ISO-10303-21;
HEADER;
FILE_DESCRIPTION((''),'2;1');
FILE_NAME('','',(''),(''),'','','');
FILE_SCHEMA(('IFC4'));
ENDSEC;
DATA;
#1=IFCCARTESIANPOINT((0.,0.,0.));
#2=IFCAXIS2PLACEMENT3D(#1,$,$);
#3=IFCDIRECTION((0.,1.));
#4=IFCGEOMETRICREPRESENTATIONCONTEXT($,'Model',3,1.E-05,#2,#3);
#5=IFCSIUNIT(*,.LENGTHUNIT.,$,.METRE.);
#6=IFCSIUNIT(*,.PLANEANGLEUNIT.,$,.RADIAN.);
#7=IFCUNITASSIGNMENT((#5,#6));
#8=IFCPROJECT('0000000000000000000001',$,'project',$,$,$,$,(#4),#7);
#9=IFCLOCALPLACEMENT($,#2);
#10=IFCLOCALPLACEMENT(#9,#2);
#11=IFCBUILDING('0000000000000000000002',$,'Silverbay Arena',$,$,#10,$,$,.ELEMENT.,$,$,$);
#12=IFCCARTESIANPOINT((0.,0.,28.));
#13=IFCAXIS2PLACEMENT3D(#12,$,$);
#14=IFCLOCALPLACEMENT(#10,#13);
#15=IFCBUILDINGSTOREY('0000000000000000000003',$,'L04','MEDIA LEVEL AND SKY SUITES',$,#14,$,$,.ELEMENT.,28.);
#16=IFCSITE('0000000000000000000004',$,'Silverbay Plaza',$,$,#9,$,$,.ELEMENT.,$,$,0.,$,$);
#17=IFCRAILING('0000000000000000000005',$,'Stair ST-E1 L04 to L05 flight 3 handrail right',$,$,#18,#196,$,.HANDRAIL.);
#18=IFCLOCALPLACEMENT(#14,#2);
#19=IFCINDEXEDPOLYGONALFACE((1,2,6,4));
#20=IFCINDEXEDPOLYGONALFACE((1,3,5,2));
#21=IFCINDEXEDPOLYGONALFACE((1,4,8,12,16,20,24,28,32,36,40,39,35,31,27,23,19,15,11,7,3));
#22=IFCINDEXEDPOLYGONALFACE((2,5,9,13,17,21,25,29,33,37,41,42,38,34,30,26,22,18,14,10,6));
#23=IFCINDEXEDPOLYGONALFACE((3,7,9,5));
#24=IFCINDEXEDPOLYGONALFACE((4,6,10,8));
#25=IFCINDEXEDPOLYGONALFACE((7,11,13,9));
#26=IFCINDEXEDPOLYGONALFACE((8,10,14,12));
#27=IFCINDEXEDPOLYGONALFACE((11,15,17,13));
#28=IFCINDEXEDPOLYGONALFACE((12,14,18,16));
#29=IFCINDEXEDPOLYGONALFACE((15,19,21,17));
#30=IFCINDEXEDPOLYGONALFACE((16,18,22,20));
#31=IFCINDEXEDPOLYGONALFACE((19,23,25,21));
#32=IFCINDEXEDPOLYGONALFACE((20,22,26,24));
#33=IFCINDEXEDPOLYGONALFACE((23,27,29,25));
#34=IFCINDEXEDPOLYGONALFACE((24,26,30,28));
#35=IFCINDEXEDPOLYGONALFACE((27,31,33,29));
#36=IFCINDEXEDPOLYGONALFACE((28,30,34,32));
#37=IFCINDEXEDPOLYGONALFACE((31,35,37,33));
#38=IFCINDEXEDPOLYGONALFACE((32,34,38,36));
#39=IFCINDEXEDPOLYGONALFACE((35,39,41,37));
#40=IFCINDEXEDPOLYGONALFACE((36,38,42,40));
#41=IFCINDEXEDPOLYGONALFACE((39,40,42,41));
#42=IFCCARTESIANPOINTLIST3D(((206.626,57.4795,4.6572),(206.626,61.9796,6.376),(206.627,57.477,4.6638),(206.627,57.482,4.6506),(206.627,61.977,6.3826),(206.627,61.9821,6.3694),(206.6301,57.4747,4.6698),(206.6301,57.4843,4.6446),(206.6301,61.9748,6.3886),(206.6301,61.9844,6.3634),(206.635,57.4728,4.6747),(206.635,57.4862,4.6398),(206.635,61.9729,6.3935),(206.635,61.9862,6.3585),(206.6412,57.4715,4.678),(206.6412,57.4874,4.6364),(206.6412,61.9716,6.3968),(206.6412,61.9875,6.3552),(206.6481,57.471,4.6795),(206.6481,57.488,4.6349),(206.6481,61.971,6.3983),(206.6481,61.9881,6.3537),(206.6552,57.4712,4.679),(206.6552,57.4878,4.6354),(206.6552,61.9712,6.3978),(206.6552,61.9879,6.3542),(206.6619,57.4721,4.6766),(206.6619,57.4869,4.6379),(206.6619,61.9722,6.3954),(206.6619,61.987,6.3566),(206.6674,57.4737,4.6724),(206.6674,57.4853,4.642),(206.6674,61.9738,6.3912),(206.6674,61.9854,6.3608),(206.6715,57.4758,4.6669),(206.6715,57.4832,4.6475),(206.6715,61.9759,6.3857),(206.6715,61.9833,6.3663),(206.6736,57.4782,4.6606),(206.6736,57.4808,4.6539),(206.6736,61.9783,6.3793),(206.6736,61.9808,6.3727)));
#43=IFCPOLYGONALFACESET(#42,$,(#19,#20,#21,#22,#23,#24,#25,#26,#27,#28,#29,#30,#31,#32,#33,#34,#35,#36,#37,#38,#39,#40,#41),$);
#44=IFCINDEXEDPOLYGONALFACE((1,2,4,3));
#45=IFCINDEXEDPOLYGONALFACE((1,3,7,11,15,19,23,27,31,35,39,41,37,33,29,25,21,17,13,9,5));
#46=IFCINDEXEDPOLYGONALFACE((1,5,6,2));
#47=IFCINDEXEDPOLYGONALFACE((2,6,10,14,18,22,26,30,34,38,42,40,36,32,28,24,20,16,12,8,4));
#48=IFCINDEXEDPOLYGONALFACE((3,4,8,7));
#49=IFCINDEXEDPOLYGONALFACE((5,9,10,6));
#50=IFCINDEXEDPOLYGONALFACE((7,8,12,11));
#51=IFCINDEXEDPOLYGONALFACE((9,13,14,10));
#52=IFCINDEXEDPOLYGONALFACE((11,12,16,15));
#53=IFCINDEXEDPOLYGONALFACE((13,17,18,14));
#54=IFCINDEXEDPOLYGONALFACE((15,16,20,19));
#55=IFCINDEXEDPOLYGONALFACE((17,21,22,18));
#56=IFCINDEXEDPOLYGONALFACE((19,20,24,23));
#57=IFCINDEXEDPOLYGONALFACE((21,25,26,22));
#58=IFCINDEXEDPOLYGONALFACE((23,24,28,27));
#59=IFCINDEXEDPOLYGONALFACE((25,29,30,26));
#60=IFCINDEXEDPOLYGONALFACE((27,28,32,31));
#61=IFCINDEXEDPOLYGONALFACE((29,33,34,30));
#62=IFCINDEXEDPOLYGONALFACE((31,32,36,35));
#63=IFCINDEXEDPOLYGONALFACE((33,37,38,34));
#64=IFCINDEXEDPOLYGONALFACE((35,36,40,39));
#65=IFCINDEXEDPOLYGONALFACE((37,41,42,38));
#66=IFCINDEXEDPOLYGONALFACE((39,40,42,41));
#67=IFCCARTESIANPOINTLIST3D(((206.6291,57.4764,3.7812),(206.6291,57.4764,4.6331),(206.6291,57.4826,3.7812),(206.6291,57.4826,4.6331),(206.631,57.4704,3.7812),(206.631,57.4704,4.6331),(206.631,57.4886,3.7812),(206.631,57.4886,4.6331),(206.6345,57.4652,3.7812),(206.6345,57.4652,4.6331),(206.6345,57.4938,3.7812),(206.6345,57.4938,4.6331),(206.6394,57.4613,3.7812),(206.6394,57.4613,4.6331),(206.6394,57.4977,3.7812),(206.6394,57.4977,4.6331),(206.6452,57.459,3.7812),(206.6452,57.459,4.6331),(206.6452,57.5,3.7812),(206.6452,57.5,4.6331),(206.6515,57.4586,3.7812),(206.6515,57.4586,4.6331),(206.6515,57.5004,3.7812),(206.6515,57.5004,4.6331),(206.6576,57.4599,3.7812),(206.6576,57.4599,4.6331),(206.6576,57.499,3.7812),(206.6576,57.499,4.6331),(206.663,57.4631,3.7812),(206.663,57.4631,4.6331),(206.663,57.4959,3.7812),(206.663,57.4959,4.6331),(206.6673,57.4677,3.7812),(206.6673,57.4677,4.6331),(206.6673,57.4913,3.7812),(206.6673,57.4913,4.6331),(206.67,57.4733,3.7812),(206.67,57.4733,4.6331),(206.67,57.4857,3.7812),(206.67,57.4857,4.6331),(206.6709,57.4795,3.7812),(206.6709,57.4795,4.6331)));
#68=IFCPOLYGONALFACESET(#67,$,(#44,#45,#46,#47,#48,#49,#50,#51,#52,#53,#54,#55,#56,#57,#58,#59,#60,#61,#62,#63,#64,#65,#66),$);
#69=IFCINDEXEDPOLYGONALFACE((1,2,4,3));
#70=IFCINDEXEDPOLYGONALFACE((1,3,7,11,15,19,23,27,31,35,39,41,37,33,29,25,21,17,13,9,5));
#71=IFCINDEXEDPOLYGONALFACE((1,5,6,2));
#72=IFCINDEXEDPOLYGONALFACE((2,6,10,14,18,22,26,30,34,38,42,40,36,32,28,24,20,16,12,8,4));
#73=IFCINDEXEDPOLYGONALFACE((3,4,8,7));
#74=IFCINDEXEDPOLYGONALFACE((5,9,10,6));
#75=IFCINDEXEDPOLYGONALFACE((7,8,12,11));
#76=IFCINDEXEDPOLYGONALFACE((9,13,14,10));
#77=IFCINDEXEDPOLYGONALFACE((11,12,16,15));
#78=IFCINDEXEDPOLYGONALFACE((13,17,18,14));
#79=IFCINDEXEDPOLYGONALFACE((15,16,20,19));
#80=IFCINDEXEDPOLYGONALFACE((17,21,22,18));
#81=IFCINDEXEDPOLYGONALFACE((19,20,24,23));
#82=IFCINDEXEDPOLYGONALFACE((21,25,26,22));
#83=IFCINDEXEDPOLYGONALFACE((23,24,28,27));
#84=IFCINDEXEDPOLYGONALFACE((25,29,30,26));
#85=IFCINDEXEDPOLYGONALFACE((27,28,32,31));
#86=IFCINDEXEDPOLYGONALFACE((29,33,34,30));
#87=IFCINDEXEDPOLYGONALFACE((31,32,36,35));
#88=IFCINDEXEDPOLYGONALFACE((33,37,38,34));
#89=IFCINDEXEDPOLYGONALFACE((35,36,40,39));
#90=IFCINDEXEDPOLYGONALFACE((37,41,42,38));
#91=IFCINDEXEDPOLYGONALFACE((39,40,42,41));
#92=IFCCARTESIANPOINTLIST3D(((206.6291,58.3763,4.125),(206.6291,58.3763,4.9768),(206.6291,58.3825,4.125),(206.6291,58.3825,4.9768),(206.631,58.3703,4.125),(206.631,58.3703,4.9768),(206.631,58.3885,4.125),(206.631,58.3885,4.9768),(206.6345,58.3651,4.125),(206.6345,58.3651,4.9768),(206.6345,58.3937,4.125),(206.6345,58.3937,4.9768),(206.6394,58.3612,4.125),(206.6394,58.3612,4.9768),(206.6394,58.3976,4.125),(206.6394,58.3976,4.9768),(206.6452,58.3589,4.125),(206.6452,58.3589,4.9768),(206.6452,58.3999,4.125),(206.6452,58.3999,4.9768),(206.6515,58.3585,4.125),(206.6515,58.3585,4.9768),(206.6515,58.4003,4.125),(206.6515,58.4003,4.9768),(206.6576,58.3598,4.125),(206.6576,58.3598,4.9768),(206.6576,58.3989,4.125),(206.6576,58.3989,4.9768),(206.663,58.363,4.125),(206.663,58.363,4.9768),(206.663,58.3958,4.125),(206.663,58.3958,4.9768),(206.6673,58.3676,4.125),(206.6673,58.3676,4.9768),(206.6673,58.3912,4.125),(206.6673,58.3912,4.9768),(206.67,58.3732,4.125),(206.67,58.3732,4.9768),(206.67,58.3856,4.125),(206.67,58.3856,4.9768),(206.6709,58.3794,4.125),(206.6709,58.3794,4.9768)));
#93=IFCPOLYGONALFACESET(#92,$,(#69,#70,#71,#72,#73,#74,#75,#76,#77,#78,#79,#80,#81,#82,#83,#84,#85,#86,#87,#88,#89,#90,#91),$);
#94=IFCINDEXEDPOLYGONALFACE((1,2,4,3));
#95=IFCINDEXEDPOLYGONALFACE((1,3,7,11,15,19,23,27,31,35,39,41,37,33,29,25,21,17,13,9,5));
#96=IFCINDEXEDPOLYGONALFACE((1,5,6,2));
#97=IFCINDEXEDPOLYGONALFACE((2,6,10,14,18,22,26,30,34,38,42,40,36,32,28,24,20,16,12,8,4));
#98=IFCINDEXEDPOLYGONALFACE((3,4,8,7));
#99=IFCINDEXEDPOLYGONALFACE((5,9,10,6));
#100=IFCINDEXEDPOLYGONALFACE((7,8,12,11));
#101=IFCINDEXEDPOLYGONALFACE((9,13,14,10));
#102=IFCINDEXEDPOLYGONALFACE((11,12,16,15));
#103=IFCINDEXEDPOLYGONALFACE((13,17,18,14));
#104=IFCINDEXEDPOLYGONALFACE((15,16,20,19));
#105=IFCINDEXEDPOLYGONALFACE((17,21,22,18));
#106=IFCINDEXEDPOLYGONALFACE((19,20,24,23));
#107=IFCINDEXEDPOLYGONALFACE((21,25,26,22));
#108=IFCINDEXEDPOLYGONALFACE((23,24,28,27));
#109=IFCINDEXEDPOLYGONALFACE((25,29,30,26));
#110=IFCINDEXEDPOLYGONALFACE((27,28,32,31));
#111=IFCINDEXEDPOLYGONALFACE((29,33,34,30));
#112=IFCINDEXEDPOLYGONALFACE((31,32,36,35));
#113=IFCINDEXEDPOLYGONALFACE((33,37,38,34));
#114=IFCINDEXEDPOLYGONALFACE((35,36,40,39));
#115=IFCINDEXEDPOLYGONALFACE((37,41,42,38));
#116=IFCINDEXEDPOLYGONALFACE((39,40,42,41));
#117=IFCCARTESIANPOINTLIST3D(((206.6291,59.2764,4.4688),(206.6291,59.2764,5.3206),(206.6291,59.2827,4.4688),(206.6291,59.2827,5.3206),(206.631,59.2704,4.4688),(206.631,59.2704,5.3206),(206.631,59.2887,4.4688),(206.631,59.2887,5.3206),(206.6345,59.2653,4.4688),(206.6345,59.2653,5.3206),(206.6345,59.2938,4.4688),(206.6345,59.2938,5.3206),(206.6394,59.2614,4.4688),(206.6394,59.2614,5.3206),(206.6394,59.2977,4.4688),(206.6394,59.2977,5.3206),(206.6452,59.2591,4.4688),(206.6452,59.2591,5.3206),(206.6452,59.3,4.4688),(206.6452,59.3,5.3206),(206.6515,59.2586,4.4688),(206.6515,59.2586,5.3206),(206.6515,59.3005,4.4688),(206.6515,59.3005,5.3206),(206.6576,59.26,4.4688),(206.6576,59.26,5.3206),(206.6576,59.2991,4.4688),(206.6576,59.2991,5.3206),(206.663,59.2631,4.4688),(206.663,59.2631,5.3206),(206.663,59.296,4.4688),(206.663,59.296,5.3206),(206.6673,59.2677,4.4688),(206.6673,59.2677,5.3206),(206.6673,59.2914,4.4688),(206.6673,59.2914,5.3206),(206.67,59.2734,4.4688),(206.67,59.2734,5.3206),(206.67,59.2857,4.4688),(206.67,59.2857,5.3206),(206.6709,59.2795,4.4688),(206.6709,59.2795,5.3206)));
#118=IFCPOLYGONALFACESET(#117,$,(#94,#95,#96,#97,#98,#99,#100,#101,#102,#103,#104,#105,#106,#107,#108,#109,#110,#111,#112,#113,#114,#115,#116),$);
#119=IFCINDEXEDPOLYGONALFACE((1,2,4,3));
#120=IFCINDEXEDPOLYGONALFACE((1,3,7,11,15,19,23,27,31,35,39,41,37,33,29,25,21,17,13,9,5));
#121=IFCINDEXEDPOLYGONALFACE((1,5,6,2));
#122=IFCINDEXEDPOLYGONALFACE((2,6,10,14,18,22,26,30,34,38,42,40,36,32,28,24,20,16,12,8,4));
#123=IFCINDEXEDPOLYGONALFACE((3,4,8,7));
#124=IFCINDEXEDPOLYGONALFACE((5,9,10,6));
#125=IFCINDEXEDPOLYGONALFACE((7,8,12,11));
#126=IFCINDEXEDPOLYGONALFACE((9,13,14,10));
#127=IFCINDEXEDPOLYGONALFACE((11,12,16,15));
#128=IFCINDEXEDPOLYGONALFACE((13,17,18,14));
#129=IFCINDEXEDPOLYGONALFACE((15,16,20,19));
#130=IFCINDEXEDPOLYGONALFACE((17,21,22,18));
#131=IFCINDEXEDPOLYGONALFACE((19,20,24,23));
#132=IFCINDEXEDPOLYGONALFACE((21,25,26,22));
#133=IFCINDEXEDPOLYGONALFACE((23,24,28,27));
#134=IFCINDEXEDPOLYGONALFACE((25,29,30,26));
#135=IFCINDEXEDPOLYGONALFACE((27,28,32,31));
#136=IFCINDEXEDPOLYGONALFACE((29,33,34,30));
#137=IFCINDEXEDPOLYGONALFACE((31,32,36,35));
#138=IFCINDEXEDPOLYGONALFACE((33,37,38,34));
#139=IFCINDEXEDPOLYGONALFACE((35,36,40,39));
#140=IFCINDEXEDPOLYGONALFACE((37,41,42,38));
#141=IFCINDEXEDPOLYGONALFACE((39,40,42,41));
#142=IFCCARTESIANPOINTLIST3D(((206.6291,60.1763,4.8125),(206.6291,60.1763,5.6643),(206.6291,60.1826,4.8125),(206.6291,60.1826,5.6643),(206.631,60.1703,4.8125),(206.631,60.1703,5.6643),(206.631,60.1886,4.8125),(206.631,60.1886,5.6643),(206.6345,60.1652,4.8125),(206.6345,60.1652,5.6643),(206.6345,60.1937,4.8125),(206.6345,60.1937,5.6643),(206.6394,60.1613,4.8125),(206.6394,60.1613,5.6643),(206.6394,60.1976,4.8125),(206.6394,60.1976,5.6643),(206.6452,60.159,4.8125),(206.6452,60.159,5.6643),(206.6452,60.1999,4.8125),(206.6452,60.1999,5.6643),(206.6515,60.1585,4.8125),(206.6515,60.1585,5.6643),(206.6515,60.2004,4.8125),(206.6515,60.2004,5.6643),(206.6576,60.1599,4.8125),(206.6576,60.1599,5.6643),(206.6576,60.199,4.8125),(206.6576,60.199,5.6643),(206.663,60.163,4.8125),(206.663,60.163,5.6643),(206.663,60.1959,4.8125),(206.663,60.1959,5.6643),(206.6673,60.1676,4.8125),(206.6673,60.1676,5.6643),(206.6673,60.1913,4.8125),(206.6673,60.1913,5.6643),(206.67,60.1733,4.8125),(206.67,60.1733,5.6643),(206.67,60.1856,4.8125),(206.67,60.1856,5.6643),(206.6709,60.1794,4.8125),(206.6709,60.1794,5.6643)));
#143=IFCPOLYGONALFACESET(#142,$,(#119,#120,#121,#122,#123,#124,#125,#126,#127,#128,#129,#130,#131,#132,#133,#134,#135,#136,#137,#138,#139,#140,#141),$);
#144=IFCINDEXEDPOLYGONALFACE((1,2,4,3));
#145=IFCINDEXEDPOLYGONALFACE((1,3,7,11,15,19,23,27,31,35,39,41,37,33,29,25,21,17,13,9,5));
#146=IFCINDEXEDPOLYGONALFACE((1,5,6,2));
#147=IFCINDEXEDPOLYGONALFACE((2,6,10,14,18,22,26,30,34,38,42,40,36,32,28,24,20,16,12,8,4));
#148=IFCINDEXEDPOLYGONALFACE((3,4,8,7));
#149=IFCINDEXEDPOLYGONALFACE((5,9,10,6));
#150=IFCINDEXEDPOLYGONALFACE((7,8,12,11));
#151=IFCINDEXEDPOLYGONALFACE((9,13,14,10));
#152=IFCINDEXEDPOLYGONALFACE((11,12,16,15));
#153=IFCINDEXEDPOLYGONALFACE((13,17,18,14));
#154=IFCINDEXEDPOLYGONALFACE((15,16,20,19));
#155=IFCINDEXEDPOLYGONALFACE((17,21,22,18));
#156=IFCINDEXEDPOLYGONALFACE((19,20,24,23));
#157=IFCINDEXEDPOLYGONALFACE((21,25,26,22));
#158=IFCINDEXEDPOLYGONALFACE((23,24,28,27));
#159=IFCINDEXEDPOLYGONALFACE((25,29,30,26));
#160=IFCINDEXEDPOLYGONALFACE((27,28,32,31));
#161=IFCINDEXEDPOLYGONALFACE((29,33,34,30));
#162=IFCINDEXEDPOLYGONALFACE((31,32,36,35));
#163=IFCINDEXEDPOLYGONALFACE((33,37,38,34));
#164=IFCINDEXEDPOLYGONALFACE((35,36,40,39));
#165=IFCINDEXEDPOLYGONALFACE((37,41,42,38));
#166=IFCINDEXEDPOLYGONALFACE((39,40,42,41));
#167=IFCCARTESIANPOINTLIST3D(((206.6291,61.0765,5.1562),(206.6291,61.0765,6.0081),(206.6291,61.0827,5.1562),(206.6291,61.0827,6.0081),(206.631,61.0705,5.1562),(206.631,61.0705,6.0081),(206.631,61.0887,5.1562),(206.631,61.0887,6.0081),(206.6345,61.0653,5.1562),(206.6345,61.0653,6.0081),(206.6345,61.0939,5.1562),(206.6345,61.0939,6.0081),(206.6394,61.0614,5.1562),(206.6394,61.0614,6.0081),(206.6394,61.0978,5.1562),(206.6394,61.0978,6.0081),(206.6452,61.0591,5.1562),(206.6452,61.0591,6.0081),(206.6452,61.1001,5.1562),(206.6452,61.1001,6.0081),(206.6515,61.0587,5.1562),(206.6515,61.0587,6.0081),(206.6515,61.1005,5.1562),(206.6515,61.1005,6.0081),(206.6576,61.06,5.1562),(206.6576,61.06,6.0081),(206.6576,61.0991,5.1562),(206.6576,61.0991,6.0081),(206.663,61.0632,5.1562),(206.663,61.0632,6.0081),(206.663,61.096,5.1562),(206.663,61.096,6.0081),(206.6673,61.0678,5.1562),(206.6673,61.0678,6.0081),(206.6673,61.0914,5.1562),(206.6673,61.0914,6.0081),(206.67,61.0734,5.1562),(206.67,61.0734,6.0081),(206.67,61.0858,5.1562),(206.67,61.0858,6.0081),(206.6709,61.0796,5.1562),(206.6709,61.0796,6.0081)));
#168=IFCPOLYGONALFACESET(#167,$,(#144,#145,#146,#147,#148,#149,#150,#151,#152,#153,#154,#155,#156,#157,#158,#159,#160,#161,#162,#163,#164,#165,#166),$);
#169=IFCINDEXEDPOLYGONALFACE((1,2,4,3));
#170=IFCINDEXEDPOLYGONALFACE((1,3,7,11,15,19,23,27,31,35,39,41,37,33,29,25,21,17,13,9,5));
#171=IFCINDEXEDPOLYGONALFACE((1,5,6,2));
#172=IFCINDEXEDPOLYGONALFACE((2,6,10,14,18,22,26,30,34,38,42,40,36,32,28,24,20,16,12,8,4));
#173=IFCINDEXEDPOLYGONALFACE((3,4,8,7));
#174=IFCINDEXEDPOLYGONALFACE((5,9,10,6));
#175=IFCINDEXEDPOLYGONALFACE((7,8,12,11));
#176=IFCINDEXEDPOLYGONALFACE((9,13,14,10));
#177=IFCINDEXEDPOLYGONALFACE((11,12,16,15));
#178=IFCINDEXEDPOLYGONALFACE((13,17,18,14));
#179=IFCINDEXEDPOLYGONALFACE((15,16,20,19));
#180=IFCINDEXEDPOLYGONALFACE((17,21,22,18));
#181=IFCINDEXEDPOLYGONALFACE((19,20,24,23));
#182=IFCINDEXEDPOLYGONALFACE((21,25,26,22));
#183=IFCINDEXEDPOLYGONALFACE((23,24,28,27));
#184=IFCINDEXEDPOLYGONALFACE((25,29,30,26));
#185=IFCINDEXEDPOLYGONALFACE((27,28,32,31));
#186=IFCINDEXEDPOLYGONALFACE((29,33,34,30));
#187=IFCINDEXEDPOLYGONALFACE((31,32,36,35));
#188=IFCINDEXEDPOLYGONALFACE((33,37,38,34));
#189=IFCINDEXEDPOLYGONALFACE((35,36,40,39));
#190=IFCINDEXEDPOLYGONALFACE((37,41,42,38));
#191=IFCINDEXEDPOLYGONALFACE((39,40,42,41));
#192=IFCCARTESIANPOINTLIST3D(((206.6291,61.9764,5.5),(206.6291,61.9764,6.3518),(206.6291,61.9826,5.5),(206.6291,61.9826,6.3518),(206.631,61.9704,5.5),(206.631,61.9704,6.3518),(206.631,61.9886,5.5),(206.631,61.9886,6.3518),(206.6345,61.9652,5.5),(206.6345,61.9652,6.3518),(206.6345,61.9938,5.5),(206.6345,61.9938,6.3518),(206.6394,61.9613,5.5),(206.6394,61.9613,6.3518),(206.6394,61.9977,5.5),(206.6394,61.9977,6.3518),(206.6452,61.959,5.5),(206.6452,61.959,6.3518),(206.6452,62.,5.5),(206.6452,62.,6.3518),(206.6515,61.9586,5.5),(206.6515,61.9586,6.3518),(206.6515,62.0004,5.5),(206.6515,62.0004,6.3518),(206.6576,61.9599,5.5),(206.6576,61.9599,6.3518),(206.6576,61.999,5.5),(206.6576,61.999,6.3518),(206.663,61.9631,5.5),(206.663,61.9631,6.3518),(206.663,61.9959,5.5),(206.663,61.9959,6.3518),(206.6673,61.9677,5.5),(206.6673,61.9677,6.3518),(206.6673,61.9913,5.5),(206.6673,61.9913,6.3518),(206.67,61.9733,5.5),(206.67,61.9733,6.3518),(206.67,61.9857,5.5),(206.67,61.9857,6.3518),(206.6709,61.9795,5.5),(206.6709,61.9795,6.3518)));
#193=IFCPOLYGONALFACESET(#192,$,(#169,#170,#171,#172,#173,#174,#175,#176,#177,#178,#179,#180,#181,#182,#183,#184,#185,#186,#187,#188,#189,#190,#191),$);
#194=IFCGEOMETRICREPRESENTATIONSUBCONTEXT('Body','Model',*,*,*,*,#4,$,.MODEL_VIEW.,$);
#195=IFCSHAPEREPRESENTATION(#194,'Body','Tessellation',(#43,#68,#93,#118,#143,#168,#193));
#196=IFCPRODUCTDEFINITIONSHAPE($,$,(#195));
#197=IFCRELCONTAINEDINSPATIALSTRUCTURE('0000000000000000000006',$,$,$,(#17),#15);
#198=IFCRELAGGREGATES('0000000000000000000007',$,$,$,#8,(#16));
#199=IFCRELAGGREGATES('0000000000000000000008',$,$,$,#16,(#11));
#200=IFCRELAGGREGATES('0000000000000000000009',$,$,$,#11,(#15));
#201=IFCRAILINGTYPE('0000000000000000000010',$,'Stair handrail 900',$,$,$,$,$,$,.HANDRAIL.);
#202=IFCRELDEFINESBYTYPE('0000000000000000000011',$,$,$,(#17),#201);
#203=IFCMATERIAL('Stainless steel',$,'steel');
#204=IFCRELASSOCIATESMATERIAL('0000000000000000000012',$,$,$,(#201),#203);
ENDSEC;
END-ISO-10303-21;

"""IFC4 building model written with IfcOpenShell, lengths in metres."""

from ifc_helpers import new_model, si_unit, direction, frame, origin, origin_2d, place, context, subcontext, project, spatial, circle, extrude, material, type_object, element, save


model = new_model("IFC4")

# Units and contexts
model_context = context("Model", 3, precision=1e-05, world=origin(), true_north=direction((0.0, 1.0)))
body_context = subcontext(model_context, "Body", "Model", "MODEL_VIEW")
ifc_project = project(units=[si_unit("LENGTHUNIT", "METRE"), si_unit("PLANEANGLEUNIT", "RADIAN")], contexts=[model_context])

# Site, building, storey
site_placement = place(None, origin())
site = spatial("IfcSite", under=ifc_project, at=site_placement, Name="Silverbay Plaza", CompositionType="ELEMENT", RefElevation=0.0)
building_placement = place(site_placement, origin())
building = spatial("IfcBuilding", under=site, at=building_placement, Name="Silverbay Arena", CompositionType="ELEMENT")
storey_placement = place(building_placement, frame((0.0, 0.0, 28.0)))
storey = spatial("IfcBuildingStorey", under=building, at=storey_placement, Name="L04", Description="MEDIA LEVEL AND SKY SUITES", CompositionType="ELEMENT", Elevation=28.0)

# Railing
ifc_material_1 = material(Name="Stainless steel", Category="steel")
railing_type_1 = type_object("IfcRailingType", Name="Stair handrail 900", PredefinedType="HANDRAIL", material=ifc_material_1)
for number, where, name in (
    (1, (206.6499, 57.4795, 3.7812), "Stair ST-E1 L04 to L05 flight 3 handrail right"),
):
    element("IfcRailing", number, at=place(storey_placement, frame(where)), inside=storey, type_object=railing_type_1, Name=name, PredefinedType="HANDRAIL", context=body_context, shape_type="SweptSolid", body=[
        extrude(circle(Radius=0.0239, at=origin_2d()), frame((0.0, 0.0, 0.876), z_axis=(0.0, 0.934179, 0.356805), x_axis=(-1.0, 0.0, 0.0)), (0.0, 0.0, 1.0), 4.8171),
        extrude(circle(Radius=0.021, at=origin_2d()), origin(), (0.0, 0.0, 1.0), 0.8518),
        extrude(circle(Radius=0.021, at=origin_2d()), frame((0.0, 0.8999, 0.3438)), (0.0, 0.0, 1.0), 0.8518),
        extrude(circle(Radius=0.021, at=origin_2d()), frame((0.0, 1.8, 0.6875)), (0.0, 0.0, 1.0), 0.8518),
        extrude(circle(Radius=0.021, at=origin_2d()), frame((0.0, 2.7, 1.0312)), (0.0, 0.0, 1.0), 0.8518),
        extrude(circle(Radius=0.021, at=origin_2d()), frame((0.0, 3.6001, 1.375)), (0.0, 0.0, 1.0), 0.8518),
        extrude(circle(Radius=0.021, at=origin_2d()), frame((0.0, 4.5, 1.7188)), (0.0, 0.0, 1.0), 0.8518),
    ])

save(model, "model.ifc")
